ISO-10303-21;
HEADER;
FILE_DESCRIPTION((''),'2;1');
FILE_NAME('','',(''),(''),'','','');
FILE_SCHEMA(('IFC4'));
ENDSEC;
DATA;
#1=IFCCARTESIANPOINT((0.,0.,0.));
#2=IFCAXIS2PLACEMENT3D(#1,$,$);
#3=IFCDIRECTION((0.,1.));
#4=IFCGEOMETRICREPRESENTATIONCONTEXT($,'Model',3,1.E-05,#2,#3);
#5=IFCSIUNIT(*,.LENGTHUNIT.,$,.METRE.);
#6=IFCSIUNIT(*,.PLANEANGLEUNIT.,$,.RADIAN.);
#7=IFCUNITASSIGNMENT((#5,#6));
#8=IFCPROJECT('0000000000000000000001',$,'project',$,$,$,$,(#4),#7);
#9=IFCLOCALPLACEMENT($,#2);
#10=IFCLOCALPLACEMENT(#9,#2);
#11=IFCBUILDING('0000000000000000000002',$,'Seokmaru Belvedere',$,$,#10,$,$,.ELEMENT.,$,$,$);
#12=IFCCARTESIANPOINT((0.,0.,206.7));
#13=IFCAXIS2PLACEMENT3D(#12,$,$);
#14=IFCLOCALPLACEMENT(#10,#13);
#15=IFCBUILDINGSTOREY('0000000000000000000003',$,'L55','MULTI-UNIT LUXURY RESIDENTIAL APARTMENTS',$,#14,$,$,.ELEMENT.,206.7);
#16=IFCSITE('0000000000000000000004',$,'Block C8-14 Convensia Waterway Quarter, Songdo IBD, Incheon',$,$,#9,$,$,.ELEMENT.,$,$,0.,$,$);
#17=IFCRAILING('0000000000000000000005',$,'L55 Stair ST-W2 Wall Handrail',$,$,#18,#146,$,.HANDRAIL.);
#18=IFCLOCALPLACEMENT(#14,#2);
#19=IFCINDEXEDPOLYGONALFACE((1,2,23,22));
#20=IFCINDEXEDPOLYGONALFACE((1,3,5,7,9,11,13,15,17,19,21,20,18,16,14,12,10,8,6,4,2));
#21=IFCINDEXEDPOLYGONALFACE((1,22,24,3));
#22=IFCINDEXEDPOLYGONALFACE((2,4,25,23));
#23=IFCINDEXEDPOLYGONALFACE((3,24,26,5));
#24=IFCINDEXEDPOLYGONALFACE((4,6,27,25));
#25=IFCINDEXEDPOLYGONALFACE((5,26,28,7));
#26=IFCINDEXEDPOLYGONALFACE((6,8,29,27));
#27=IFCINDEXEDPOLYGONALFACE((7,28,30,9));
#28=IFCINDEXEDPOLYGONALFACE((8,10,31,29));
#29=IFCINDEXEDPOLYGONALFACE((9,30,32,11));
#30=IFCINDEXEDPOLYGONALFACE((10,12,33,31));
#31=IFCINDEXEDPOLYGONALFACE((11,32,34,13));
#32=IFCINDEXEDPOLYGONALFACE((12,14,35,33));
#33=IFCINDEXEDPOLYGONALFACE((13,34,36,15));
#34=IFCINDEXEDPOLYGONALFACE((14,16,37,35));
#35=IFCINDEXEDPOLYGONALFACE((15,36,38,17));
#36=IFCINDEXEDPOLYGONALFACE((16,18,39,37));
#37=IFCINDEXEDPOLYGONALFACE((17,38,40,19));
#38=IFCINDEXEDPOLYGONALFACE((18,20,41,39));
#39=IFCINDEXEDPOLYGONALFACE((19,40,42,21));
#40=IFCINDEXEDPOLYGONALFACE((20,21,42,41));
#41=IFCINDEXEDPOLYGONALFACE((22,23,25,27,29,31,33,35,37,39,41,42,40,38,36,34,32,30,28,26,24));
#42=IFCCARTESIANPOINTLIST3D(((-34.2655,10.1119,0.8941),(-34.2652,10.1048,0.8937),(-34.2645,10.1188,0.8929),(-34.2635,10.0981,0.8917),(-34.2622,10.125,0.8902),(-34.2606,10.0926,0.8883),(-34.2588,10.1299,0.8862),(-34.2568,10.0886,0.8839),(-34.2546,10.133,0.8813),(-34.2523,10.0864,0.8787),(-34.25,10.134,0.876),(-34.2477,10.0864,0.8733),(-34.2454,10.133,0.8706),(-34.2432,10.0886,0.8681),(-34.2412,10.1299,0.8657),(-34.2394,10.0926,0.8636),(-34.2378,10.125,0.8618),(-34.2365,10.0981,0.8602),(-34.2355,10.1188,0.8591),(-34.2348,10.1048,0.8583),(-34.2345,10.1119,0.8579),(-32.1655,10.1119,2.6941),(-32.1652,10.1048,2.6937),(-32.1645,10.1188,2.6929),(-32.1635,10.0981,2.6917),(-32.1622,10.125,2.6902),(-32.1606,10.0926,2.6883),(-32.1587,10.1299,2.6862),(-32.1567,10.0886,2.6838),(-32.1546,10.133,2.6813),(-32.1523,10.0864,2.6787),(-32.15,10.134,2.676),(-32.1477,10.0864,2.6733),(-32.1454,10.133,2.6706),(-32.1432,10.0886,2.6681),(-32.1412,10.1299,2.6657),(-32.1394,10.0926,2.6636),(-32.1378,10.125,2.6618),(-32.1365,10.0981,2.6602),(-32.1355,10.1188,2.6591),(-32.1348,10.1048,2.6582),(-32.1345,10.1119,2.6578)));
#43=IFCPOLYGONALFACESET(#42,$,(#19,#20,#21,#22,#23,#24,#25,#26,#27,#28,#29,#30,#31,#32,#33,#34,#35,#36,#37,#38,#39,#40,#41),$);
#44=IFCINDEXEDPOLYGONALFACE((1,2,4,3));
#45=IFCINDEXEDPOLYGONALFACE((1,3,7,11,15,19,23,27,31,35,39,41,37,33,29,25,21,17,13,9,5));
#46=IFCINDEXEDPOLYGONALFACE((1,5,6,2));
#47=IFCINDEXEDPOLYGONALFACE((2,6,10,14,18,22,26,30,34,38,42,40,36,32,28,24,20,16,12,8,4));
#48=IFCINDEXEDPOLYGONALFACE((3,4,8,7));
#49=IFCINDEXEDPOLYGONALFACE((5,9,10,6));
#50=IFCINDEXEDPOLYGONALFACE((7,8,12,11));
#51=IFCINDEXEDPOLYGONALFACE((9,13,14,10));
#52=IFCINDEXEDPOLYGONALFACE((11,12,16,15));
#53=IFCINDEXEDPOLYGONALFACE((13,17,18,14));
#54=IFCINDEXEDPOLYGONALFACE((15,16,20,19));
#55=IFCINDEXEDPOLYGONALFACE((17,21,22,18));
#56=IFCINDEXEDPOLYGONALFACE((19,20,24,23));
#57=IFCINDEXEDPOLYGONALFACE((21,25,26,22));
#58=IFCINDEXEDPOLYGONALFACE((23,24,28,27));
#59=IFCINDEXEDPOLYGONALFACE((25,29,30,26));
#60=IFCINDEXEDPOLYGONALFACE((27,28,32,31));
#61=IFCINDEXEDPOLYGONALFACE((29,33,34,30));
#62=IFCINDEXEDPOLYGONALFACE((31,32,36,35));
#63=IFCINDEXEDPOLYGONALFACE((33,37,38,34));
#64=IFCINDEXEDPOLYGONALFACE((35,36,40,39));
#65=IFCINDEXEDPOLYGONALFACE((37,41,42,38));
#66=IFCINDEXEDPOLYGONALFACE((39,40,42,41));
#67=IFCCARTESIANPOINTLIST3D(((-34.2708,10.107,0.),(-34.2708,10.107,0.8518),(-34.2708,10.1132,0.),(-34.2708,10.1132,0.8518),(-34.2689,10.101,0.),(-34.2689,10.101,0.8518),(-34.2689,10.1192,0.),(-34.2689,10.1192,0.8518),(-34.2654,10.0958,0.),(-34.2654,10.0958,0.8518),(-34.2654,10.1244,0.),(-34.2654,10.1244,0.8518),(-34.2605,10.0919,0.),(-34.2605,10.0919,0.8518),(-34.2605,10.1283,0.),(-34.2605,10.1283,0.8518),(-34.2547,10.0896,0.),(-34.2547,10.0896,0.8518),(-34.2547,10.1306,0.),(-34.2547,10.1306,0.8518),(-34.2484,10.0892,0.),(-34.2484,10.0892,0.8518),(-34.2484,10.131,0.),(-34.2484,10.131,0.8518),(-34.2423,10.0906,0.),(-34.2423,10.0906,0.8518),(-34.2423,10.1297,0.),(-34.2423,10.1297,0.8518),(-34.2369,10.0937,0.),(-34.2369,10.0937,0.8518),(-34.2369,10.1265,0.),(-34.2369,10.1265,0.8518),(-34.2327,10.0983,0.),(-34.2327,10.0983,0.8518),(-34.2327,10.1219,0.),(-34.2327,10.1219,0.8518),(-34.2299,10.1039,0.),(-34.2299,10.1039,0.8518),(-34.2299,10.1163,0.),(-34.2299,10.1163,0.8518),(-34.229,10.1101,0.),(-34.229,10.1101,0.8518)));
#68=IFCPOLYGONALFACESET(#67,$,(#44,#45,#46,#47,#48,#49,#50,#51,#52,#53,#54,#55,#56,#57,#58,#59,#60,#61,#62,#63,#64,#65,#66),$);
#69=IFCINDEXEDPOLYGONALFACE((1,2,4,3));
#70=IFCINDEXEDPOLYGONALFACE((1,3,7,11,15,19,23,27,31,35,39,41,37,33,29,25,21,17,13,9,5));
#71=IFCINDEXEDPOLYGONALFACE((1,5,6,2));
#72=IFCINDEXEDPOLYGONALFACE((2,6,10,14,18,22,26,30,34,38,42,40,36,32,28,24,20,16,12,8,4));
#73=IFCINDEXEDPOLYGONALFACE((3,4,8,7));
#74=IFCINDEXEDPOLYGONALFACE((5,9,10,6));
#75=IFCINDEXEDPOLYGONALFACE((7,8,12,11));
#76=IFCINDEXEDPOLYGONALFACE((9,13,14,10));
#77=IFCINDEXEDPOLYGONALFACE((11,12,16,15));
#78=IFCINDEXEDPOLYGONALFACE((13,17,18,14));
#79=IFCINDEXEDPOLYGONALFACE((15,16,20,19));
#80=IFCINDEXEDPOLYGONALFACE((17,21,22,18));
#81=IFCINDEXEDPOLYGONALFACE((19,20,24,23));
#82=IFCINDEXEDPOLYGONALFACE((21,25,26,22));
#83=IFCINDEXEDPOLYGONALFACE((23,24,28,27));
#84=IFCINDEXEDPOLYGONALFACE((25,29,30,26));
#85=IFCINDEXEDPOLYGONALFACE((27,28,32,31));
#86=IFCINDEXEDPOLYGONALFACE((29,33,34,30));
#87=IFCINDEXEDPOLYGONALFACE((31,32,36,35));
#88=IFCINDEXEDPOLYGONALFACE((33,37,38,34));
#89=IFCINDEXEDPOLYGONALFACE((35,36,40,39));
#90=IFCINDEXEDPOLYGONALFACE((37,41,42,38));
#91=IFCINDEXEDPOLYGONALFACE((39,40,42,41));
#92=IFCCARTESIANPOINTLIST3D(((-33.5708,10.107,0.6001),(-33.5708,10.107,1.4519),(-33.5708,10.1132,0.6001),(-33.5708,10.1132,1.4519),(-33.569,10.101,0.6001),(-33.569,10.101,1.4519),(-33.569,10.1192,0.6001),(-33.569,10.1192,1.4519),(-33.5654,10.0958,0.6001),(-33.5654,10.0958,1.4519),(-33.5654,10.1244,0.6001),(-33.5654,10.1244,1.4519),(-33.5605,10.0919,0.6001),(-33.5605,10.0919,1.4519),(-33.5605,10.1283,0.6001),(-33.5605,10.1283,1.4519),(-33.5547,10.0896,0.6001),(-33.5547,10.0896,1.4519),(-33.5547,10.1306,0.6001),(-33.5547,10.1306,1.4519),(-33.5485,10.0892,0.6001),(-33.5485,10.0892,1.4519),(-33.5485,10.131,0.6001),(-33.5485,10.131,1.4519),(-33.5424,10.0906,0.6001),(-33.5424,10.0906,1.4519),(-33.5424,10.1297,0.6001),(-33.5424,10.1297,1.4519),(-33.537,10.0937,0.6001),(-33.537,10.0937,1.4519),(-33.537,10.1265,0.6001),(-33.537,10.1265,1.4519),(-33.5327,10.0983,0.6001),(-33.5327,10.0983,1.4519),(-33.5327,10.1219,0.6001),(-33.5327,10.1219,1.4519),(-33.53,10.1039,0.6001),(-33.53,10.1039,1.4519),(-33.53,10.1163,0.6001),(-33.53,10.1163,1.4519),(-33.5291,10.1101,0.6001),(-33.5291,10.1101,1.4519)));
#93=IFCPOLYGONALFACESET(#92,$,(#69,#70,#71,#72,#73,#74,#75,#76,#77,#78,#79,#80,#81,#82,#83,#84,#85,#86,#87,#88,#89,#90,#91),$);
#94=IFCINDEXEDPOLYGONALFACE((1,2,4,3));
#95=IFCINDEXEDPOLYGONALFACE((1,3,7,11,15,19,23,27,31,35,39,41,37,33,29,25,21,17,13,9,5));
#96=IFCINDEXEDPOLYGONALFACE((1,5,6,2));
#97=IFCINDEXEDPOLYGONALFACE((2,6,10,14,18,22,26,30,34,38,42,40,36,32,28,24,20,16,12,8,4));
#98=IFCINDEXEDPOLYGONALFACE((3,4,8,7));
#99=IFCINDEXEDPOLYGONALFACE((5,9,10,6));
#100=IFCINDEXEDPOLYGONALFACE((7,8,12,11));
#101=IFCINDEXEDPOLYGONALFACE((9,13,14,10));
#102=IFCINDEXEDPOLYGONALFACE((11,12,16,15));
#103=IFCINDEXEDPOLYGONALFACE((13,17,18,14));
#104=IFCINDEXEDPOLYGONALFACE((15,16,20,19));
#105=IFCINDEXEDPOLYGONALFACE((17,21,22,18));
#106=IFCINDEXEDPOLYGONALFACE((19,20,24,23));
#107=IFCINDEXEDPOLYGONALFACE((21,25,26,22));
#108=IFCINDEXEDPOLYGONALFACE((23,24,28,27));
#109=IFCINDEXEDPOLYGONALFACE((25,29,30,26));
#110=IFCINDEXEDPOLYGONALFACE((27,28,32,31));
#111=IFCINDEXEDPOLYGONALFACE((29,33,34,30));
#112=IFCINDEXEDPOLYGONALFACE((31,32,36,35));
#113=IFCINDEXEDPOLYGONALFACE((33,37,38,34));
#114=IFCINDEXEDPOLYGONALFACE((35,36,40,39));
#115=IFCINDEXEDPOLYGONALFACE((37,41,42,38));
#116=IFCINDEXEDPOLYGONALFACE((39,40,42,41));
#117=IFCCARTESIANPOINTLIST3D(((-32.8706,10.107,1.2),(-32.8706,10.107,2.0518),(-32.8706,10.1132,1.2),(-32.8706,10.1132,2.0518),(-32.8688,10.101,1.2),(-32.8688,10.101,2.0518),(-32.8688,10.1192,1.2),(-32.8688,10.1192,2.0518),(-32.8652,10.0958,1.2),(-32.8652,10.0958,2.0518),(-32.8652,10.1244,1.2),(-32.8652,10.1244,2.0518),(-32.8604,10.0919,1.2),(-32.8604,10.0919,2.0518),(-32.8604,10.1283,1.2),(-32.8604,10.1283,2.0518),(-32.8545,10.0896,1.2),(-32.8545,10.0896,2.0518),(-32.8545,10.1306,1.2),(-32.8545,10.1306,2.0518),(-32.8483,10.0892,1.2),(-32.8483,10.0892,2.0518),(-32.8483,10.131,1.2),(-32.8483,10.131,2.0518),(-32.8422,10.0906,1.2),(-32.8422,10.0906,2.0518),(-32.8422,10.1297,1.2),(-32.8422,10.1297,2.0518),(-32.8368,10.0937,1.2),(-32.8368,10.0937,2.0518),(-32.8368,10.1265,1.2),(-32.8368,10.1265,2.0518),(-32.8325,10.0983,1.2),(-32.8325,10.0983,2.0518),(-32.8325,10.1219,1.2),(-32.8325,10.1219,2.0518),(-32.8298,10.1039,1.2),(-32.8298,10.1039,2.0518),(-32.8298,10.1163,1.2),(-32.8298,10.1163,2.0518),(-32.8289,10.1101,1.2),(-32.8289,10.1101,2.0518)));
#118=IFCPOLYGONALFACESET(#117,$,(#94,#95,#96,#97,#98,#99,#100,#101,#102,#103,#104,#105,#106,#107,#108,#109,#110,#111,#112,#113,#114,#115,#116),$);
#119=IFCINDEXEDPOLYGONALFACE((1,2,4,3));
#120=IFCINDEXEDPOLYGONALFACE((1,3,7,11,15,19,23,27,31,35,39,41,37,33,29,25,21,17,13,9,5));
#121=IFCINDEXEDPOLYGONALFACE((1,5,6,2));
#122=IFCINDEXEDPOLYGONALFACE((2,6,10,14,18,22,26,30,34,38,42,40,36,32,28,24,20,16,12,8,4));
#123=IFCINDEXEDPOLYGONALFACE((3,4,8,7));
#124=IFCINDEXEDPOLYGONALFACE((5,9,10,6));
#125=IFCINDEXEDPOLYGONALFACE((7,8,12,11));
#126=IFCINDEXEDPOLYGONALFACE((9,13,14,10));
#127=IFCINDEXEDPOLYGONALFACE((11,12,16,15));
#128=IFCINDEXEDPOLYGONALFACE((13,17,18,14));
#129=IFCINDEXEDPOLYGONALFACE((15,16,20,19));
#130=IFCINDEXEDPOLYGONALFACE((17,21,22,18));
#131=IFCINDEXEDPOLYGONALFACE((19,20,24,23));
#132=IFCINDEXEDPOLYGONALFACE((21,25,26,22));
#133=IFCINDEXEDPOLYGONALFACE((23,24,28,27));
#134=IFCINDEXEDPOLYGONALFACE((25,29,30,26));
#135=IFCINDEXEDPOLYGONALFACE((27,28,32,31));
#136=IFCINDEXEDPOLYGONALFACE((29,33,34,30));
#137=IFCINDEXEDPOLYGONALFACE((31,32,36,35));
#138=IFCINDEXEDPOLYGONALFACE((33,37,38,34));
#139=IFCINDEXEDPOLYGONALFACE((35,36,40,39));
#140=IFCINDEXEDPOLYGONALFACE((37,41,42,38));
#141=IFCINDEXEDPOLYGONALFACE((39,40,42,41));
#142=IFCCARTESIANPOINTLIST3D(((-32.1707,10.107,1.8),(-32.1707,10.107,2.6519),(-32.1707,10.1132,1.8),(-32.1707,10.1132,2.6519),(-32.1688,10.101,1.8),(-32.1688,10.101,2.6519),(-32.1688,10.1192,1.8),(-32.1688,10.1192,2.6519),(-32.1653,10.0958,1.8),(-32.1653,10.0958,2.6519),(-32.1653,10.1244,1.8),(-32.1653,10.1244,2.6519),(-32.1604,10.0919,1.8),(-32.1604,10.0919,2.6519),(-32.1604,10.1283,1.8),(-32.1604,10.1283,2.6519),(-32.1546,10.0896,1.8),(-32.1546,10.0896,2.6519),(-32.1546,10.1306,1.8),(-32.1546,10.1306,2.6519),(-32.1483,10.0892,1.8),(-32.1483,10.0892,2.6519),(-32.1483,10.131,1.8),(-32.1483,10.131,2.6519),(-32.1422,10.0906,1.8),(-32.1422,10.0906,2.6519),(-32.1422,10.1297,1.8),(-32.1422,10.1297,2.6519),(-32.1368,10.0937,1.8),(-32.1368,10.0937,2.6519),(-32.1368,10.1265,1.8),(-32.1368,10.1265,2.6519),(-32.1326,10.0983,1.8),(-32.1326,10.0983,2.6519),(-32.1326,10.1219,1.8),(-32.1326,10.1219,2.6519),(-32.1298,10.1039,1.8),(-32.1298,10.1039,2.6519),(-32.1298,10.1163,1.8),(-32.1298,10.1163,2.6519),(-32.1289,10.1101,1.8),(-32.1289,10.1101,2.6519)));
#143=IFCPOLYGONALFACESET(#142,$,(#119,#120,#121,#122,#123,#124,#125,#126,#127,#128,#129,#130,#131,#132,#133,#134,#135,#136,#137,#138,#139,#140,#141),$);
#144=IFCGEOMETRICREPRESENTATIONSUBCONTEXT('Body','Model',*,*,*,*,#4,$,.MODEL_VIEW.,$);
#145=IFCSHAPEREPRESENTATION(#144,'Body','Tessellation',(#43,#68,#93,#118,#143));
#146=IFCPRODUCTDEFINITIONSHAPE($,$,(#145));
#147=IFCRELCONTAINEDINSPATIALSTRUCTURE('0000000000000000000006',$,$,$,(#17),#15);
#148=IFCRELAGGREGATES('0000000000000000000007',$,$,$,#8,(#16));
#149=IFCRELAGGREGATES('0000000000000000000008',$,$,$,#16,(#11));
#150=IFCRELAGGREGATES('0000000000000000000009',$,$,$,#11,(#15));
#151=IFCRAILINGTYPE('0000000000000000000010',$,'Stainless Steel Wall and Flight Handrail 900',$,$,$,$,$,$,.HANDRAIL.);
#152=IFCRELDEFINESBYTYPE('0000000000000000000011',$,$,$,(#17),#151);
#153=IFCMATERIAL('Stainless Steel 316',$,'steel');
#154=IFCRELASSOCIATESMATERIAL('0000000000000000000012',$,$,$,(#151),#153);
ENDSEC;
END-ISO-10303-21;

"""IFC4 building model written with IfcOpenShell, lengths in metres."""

from ifc_helpers import new_model, si_unit, direction, frame, origin, origin_2d, place, context, subcontext, project, spatial, circle, extrude, material, type_object, element, save


model = new_model("IFC4")

# Units and contexts
model_context = context("Model", 3, precision=1e-05, world=origin(), true_north=direction((0.0, 1.0)))
body_context = subcontext(model_context, "Body", "Model", "MODEL_VIEW")
ifc_project = project(units=[si_unit("LENGTHUNIT", "METRE"), si_unit("PLANEANGLEUNIT", "RADIAN")], contexts=[model_context])

# Site, building, storey
site_placement = place(None, origin())
site = spatial("IfcSite", under=ifc_project, at=site_placement, Name="Block C8-14 Convensia Waterway Quarter, Songdo IBD, Incheon", CompositionType="ELEMENT", RefElevation=0.0)
building_placement = place(site_placement, origin())
building = spatial("IfcBuilding", under=site, at=building_placement, Name="Seokmaru Belvedere", CompositionType="ELEMENT")
storey_placement = place(building_placement, frame((0.0, 0.0, 206.7)))
storey = spatial("IfcBuildingStorey", under=building, at=storey_placement, Name="L55", Description="MULTI-UNIT LUXURY RESIDENTIAL APARTMENTS", CompositionType="ELEMENT", Elevation=206.7)

# Railing
ifc_material_1 = material(Name="Stainless Steel 316", Category="steel")
railing_type_1 = type_object("IfcRailingType", Name="Stainless Steel Wall and Flight Handrail 900", PredefinedType="HANDRAIL", material=ifc_material_1)
railing_1_placement = place(storey_placement, frame((-34.25, 10.1101, 0.0)))
element("IfcRailing", 1, at=railing_1_placement, inside=storey, type_object=railing_type_1, Name="L55 Stair ST-W2 Wall Handrail", PredefinedType="HANDRAIL", context=body_context, shape_type="SweptSolid", body=[
    extrude(circle(Radius=0.0239, at=origin_2d()), frame((0.0, 0.0, 0.876), z_axis=(0.759263, 0.0, 0.650784), x_axis=(0.0, 1.0, 0.0)), (0.0, 0.0, 1.0), 2.7659),
    extrude(circle(Radius=0.021, at=origin_2d()), origin(), (0.0, 0.0, 1.0), 0.8518),
    extrude(circle(Radius=0.021, at=origin_2d()), frame((0.7, 0.0, 0.6001)), (0.0, 0.0, 1.0), 0.8518),
    extrude(circle(Radius=0.021, at=origin_2d()), frame((1.4001, 0.0, 1.2)), (0.0, 0.0, 1.0), 0.8518),
    extrude(circle(Radius=0.021, at=origin_2d()), frame((2.1001, 0.0, 1.8)), (0.0, 0.0, 1.0), 0.8518),
])

save(model, "model.ifc")
